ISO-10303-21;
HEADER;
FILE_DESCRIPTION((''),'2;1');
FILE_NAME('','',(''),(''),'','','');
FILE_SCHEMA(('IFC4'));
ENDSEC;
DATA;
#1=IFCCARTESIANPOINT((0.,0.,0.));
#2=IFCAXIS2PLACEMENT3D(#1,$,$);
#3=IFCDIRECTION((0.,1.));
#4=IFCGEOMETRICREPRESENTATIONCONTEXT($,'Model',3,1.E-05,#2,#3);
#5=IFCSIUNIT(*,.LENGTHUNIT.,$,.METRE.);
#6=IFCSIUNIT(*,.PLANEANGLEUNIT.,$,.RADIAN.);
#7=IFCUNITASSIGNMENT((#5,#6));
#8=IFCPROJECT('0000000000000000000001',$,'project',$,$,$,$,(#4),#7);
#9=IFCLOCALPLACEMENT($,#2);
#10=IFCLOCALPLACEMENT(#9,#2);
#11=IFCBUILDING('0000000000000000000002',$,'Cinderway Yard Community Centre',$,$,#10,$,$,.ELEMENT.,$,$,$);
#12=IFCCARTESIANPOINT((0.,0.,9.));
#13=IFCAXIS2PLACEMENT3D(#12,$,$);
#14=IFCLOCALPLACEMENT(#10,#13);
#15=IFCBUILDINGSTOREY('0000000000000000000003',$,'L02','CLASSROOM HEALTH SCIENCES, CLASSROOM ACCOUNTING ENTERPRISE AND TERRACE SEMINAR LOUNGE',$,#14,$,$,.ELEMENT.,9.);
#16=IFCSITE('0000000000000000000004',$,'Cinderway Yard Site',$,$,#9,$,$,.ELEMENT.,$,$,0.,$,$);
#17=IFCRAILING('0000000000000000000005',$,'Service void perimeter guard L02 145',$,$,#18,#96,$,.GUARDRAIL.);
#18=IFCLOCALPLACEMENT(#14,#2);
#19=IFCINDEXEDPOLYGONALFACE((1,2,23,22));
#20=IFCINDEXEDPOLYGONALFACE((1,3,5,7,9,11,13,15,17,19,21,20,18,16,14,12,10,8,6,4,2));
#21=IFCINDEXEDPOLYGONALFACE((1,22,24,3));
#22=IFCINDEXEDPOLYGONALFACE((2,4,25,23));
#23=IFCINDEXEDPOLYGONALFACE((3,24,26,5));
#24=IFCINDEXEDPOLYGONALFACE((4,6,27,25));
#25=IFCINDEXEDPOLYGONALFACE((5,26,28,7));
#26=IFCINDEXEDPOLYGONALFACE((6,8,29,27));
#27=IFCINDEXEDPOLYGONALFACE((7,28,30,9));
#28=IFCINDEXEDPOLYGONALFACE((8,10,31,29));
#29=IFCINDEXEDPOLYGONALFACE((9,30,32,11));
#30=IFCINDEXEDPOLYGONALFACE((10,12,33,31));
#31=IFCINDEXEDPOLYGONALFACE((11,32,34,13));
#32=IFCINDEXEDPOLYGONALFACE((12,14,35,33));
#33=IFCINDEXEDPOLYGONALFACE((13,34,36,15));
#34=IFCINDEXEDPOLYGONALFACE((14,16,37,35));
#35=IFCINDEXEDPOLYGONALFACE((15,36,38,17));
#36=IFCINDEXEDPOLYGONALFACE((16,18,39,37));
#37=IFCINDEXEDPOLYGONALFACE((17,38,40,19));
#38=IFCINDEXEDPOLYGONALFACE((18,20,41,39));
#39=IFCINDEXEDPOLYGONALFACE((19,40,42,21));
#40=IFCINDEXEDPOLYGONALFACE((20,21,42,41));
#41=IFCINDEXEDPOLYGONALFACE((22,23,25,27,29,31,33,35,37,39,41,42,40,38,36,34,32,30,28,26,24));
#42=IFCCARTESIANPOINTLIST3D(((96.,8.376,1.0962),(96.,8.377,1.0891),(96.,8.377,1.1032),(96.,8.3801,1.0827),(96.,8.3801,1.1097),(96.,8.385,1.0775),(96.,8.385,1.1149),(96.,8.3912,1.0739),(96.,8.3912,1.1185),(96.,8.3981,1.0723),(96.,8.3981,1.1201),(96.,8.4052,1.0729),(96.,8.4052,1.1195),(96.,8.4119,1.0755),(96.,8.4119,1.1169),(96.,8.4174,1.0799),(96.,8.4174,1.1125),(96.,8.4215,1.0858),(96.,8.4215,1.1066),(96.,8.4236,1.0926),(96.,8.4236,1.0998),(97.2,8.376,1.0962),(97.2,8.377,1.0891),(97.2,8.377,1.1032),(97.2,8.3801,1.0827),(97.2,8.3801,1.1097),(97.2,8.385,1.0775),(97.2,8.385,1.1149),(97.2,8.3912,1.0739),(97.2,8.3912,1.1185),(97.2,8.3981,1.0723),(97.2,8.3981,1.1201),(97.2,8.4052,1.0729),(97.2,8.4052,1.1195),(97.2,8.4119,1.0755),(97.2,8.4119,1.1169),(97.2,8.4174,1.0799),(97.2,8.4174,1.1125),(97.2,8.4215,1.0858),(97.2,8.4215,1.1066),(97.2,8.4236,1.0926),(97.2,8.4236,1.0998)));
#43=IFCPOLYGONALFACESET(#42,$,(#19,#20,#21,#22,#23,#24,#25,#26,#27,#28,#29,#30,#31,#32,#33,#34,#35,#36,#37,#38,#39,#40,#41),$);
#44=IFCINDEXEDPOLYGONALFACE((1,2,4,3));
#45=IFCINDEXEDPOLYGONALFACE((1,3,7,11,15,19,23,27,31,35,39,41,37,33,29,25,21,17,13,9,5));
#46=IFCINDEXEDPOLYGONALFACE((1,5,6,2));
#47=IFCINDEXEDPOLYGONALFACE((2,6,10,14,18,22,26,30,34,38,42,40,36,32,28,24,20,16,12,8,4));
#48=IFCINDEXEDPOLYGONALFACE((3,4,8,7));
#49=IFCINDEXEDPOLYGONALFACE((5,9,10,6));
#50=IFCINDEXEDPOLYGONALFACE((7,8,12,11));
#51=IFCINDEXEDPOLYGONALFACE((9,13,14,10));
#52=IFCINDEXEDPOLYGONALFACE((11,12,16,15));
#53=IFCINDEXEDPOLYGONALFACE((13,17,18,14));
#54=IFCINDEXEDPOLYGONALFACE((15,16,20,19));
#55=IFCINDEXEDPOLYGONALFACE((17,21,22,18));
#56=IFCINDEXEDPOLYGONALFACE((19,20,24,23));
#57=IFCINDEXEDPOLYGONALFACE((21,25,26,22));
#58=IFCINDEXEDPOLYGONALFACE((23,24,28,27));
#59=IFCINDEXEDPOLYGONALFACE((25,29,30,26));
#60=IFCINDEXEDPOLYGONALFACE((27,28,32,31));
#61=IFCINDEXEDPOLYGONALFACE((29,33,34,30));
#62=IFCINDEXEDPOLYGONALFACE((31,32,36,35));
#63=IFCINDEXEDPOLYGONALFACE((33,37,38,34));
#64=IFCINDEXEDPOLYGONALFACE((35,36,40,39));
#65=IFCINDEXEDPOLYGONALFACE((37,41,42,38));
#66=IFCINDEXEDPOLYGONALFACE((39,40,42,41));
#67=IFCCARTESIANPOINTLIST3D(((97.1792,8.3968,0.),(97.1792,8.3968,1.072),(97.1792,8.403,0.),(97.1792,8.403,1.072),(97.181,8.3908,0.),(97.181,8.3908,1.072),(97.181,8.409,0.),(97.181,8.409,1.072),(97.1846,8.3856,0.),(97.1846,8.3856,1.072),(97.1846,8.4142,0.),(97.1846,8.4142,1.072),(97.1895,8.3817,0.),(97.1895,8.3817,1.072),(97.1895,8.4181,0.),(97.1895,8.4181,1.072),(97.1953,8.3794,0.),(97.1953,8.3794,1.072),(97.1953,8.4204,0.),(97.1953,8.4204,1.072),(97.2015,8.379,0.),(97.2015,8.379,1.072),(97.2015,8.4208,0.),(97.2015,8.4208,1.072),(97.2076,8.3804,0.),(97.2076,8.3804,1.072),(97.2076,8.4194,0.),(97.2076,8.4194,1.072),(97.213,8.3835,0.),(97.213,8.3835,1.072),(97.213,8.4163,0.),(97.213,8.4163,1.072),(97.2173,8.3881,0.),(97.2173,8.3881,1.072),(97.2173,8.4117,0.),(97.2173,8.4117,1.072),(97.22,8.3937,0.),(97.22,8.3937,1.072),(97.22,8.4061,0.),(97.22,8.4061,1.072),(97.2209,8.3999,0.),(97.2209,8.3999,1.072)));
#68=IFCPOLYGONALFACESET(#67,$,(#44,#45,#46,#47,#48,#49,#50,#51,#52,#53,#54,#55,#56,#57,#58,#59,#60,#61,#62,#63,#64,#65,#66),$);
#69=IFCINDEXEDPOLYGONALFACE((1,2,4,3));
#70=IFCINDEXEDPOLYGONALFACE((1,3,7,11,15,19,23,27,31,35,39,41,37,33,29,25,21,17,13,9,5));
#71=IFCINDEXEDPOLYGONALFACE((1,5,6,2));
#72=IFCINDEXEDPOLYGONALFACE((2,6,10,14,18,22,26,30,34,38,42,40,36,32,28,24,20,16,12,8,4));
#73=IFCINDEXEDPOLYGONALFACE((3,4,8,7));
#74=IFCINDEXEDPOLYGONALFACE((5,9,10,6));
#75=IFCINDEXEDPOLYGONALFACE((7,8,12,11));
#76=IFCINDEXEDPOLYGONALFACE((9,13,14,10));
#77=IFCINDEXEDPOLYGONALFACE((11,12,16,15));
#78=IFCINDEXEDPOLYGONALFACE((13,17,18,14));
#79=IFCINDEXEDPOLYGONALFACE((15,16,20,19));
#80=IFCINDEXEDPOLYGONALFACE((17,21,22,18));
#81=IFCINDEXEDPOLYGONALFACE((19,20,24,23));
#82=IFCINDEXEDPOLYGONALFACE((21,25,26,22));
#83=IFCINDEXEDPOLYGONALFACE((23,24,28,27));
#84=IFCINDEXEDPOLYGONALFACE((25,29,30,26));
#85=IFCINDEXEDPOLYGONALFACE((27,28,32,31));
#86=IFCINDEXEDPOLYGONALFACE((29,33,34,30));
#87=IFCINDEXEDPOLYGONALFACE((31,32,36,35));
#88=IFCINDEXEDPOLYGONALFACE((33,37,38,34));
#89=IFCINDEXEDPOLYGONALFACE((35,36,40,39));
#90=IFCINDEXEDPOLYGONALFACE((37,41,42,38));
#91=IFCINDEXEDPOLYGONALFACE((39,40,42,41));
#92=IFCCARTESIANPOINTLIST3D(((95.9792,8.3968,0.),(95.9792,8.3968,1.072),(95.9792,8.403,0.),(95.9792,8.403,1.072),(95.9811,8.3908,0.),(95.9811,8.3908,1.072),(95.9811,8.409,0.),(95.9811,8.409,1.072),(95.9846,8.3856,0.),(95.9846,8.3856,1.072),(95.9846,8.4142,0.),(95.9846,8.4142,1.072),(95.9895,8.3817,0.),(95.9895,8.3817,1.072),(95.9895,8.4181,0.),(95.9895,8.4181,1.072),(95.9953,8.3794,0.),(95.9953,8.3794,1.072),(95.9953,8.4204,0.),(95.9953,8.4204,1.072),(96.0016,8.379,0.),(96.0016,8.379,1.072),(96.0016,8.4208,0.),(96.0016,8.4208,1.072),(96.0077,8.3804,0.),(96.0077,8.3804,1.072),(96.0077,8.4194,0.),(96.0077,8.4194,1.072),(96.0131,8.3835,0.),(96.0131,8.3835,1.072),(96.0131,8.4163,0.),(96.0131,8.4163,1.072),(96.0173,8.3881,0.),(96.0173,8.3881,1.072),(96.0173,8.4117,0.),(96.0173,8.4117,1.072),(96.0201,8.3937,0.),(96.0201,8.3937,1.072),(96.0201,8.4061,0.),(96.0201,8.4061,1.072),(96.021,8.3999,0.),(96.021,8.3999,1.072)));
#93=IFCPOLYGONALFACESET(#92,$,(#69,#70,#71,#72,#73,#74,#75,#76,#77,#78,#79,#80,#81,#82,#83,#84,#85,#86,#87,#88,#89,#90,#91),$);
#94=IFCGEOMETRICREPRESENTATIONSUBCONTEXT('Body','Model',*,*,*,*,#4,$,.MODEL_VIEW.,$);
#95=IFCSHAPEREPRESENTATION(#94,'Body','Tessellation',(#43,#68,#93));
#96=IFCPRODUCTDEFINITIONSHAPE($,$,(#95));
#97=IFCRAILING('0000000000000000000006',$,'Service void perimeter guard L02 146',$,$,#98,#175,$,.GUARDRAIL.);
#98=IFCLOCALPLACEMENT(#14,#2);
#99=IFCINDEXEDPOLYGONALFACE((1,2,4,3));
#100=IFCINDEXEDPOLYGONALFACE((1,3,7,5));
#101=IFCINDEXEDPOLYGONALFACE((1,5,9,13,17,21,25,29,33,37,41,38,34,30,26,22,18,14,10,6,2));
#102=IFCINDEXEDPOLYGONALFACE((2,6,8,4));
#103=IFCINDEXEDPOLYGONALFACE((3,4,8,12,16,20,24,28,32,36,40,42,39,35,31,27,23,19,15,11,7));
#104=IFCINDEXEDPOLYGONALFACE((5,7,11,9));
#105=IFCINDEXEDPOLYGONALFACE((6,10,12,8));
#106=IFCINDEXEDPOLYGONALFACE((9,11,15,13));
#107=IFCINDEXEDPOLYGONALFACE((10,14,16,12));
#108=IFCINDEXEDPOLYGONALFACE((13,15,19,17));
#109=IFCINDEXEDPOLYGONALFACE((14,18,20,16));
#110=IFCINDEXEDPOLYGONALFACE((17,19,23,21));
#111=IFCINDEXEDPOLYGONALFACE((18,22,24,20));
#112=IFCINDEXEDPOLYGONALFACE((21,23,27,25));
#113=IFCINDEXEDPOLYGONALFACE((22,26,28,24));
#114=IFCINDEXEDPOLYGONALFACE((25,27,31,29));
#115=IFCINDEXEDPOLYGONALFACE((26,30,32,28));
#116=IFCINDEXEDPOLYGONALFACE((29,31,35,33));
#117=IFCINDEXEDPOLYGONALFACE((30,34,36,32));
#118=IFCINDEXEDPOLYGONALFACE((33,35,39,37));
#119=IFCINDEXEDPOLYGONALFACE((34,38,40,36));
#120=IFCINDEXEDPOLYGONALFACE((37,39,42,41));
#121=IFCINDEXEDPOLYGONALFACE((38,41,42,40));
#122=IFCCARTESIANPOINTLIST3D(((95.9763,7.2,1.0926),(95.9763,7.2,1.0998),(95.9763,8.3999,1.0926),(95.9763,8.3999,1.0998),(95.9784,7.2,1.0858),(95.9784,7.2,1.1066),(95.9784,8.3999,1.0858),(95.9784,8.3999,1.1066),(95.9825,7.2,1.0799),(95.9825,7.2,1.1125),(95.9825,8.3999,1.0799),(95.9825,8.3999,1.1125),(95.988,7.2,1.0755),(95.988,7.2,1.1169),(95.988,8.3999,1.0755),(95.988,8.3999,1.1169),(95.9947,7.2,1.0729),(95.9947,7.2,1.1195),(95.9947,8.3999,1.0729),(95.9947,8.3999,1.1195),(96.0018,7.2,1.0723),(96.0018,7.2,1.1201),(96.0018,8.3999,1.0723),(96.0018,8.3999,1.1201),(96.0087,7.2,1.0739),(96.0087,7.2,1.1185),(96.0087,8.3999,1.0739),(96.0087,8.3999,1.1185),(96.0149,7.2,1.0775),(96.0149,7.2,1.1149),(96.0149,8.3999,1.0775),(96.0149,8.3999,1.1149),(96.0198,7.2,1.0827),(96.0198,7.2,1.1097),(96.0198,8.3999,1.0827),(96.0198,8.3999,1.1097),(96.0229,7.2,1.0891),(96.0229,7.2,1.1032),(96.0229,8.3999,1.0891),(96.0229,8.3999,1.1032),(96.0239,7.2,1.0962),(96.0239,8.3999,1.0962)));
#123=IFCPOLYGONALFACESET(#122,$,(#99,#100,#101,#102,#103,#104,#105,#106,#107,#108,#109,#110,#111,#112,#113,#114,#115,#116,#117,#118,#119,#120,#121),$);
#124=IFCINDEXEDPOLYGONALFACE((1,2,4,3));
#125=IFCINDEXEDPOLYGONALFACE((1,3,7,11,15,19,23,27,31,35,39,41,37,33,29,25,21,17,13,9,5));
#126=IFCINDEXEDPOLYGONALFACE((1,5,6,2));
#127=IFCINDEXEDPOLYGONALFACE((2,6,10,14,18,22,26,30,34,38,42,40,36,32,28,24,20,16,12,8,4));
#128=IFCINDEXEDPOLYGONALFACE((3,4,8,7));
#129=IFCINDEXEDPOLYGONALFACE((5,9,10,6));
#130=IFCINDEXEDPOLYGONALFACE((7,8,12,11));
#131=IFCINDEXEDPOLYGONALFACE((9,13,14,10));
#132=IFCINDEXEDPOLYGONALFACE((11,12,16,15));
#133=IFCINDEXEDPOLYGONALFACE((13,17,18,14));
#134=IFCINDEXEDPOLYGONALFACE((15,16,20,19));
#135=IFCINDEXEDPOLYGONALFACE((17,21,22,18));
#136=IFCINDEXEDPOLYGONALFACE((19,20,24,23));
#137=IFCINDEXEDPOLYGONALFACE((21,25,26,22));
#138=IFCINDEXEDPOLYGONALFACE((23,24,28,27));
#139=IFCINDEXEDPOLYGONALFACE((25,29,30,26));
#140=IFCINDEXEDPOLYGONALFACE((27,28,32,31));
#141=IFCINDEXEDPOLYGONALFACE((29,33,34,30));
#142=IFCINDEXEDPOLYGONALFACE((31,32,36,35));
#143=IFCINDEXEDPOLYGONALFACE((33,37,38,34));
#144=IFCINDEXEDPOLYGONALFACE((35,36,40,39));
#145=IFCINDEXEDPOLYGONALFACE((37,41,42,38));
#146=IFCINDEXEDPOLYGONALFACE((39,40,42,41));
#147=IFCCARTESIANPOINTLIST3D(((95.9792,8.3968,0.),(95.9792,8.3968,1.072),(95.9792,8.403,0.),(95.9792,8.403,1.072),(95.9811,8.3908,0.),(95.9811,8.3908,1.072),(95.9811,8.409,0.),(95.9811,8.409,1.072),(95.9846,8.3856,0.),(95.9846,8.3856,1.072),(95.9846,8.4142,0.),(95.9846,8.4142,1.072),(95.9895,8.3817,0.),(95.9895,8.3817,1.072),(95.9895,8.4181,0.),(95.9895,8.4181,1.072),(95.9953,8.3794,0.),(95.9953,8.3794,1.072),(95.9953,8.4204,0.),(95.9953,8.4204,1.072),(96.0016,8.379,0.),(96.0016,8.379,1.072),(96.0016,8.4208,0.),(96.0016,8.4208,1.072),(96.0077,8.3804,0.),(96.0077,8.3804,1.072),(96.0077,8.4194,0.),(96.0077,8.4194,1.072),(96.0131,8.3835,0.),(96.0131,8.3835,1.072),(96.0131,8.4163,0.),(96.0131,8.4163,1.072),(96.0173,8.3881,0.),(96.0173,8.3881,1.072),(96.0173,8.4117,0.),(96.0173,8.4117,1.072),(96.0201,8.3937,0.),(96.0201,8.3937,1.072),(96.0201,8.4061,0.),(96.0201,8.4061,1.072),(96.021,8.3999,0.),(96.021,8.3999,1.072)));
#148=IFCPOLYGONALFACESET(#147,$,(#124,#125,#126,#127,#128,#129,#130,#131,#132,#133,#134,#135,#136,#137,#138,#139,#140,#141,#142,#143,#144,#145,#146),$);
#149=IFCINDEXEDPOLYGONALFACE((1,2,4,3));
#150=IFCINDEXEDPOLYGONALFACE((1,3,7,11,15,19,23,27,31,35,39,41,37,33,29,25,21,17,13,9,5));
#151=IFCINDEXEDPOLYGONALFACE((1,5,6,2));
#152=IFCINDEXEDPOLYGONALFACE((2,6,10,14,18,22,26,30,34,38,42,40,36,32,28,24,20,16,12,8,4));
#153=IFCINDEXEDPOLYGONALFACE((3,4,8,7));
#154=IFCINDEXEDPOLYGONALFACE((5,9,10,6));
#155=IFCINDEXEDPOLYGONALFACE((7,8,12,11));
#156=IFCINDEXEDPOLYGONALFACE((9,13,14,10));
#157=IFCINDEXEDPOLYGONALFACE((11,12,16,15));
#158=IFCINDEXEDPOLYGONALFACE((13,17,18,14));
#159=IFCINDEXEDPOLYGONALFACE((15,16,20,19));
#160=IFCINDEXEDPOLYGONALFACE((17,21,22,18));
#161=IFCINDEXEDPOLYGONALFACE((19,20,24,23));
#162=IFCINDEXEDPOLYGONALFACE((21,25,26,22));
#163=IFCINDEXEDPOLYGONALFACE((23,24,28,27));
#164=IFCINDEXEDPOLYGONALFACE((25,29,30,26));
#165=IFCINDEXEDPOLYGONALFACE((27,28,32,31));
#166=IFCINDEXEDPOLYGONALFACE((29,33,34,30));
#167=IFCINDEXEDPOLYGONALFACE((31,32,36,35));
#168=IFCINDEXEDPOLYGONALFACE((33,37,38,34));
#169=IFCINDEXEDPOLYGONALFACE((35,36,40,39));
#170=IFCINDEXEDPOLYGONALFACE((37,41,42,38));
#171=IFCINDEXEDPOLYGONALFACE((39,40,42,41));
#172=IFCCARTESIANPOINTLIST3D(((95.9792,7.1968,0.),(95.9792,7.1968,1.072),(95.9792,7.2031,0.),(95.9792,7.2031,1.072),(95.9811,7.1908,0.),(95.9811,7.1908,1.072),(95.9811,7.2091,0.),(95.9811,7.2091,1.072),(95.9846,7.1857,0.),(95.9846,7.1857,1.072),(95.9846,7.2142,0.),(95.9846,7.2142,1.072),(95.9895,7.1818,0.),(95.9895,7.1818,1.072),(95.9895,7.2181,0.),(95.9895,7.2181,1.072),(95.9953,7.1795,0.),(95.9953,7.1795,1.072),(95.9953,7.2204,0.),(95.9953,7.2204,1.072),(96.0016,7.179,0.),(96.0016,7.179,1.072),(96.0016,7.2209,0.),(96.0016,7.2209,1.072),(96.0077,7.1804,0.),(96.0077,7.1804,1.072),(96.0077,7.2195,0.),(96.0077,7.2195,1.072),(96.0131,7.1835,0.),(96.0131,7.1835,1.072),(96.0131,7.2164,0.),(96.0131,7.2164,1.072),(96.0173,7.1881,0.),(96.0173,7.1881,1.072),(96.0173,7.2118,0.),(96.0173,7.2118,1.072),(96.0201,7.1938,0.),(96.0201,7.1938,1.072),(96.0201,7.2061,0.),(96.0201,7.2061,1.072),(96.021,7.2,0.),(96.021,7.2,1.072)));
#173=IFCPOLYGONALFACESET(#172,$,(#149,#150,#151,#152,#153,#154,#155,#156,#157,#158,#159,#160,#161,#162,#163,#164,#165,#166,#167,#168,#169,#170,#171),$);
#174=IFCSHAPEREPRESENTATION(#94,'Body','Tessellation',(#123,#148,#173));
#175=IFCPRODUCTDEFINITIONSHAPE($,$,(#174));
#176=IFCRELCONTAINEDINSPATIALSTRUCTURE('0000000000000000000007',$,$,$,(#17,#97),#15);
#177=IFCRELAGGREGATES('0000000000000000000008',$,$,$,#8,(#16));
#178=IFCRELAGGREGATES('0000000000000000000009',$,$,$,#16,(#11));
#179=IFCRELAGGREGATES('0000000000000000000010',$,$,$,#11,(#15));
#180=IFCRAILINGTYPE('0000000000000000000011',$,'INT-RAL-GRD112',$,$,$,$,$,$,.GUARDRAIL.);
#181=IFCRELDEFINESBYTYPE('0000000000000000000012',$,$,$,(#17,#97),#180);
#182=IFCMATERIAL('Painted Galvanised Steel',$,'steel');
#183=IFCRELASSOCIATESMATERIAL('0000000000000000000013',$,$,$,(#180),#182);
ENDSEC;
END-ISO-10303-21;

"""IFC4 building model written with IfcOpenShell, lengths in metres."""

from ifc_helpers import new_model, si_unit, direction, frame, origin, origin_2d, place, context, subcontext, project, spatial, circle, extrude, material, type_object, element, save


model = new_model("IFC4")

# Units and contexts
model_context = context("Model", 3, precision=1e-05, world=origin(), true_north=direction((0.0, 1.0)))
body_context = subcontext(model_context, "Body", "Model", "MODEL_VIEW")
ifc_project = project(units=[si_unit("LENGTHUNIT", "METRE"), si_unit("PLANEANGLEUNIT", "RADIAN")], contexts=[model_context])

# Site, building, storey
site_placement = place(None, origin())
site = spatial("IfcSite", under=ifc_project, at=site_placement, Name="Cinderway Yard Site", CompositionType="ELEMENT", RefElevation=0.0)
building_placement = place(site_placement, origin())
building = spatial("IfcBuilding", under=site, at=building_placement, Name="Cinderway Yard Community Centre", CompositionType="ELEMENT")
storey_placement = place(building_placement, frame((0.0, 0.0, 9.0)))
storey = spatial("IfcBuildingStorey", under=building, at=storey_placement, Name="L02", Description="CLASSROOM HEALTH SCIENCES, CLASSROOM ACCOUNTING ENTERPRISE AND TERRACE SEMINAR LOUNGE", CompositionType="ELEMENT", Elevation=9.0)

# Railings
ifc_material_1 = material(Name="Painted Galvanised Steel", Category="steel")
railing_type = type_object("IfcRailingType", Name="INT-RAL-GRD112", PredefinedType="GUARDRAIL", material=ifc_material_1)
railing_1_placement = place(storey_placement, frame((97.2, 8.3999, 0.0)))
element("IfcRailing", 1, at=railing_1_placement, inside=storey, type_object=railing_type, Name="Service void perimeter guard L02 145", PredefinedType="GUARDRAIL", context=body_context, shape_type="SweptSolid", body=[
    extrude(circle(Radius=0.0239, at=origin_2d()), frame((0.0, 0.0, 1.0962), z_axis=(-1.0, 0.0, 0.0), x_axis=(0.0, -1.0, 0.0)), (0.0, 0.0, 1.0), 1.2),
    extrude(circle(Radius=0.021, at=origin_2d()), origin(), (0.0, 0.0, 1.0), 1.072),
    extrude(circle(Radius=0.021, at=origin_2d()), frame((-1.2, 0.0, 0.0)), (0.0, 0.0, 1.0), 1.072),
])
railing_2_placement = place(storey_placement, frame((96.0, 8.3999, 0.0)))
element("IfcRailing", 2, at=railing_2_placement, inside=storey, type_object=railing_type, Name="Service void perimeter guard L02 146", PredefinedType="GUARDRAIL", context=body_context, shape_type="SweptSolid", body=[
    extrude(circle(Radius=0.0239, at=origin_2d()), frame((0.0, 0.0, 1.0962), z_axis=(0.0, -1.0, 0.0), x_axis=(1.0, 0.0, 0.0)), (0.0, 0.0, 1.0), 1.2),
    extrude(circle(Radius=0.021, at=origin_2d()), origin(), (0.0, 0.0, 1.0), 1.072),
    extrude(circle(Radius=0.021, at=origin_2d()), frame((0.0, -1.2, 0.0)), (0.0, 0.0, 1.0), 1.072),
])

save(model, "model.ifc")
